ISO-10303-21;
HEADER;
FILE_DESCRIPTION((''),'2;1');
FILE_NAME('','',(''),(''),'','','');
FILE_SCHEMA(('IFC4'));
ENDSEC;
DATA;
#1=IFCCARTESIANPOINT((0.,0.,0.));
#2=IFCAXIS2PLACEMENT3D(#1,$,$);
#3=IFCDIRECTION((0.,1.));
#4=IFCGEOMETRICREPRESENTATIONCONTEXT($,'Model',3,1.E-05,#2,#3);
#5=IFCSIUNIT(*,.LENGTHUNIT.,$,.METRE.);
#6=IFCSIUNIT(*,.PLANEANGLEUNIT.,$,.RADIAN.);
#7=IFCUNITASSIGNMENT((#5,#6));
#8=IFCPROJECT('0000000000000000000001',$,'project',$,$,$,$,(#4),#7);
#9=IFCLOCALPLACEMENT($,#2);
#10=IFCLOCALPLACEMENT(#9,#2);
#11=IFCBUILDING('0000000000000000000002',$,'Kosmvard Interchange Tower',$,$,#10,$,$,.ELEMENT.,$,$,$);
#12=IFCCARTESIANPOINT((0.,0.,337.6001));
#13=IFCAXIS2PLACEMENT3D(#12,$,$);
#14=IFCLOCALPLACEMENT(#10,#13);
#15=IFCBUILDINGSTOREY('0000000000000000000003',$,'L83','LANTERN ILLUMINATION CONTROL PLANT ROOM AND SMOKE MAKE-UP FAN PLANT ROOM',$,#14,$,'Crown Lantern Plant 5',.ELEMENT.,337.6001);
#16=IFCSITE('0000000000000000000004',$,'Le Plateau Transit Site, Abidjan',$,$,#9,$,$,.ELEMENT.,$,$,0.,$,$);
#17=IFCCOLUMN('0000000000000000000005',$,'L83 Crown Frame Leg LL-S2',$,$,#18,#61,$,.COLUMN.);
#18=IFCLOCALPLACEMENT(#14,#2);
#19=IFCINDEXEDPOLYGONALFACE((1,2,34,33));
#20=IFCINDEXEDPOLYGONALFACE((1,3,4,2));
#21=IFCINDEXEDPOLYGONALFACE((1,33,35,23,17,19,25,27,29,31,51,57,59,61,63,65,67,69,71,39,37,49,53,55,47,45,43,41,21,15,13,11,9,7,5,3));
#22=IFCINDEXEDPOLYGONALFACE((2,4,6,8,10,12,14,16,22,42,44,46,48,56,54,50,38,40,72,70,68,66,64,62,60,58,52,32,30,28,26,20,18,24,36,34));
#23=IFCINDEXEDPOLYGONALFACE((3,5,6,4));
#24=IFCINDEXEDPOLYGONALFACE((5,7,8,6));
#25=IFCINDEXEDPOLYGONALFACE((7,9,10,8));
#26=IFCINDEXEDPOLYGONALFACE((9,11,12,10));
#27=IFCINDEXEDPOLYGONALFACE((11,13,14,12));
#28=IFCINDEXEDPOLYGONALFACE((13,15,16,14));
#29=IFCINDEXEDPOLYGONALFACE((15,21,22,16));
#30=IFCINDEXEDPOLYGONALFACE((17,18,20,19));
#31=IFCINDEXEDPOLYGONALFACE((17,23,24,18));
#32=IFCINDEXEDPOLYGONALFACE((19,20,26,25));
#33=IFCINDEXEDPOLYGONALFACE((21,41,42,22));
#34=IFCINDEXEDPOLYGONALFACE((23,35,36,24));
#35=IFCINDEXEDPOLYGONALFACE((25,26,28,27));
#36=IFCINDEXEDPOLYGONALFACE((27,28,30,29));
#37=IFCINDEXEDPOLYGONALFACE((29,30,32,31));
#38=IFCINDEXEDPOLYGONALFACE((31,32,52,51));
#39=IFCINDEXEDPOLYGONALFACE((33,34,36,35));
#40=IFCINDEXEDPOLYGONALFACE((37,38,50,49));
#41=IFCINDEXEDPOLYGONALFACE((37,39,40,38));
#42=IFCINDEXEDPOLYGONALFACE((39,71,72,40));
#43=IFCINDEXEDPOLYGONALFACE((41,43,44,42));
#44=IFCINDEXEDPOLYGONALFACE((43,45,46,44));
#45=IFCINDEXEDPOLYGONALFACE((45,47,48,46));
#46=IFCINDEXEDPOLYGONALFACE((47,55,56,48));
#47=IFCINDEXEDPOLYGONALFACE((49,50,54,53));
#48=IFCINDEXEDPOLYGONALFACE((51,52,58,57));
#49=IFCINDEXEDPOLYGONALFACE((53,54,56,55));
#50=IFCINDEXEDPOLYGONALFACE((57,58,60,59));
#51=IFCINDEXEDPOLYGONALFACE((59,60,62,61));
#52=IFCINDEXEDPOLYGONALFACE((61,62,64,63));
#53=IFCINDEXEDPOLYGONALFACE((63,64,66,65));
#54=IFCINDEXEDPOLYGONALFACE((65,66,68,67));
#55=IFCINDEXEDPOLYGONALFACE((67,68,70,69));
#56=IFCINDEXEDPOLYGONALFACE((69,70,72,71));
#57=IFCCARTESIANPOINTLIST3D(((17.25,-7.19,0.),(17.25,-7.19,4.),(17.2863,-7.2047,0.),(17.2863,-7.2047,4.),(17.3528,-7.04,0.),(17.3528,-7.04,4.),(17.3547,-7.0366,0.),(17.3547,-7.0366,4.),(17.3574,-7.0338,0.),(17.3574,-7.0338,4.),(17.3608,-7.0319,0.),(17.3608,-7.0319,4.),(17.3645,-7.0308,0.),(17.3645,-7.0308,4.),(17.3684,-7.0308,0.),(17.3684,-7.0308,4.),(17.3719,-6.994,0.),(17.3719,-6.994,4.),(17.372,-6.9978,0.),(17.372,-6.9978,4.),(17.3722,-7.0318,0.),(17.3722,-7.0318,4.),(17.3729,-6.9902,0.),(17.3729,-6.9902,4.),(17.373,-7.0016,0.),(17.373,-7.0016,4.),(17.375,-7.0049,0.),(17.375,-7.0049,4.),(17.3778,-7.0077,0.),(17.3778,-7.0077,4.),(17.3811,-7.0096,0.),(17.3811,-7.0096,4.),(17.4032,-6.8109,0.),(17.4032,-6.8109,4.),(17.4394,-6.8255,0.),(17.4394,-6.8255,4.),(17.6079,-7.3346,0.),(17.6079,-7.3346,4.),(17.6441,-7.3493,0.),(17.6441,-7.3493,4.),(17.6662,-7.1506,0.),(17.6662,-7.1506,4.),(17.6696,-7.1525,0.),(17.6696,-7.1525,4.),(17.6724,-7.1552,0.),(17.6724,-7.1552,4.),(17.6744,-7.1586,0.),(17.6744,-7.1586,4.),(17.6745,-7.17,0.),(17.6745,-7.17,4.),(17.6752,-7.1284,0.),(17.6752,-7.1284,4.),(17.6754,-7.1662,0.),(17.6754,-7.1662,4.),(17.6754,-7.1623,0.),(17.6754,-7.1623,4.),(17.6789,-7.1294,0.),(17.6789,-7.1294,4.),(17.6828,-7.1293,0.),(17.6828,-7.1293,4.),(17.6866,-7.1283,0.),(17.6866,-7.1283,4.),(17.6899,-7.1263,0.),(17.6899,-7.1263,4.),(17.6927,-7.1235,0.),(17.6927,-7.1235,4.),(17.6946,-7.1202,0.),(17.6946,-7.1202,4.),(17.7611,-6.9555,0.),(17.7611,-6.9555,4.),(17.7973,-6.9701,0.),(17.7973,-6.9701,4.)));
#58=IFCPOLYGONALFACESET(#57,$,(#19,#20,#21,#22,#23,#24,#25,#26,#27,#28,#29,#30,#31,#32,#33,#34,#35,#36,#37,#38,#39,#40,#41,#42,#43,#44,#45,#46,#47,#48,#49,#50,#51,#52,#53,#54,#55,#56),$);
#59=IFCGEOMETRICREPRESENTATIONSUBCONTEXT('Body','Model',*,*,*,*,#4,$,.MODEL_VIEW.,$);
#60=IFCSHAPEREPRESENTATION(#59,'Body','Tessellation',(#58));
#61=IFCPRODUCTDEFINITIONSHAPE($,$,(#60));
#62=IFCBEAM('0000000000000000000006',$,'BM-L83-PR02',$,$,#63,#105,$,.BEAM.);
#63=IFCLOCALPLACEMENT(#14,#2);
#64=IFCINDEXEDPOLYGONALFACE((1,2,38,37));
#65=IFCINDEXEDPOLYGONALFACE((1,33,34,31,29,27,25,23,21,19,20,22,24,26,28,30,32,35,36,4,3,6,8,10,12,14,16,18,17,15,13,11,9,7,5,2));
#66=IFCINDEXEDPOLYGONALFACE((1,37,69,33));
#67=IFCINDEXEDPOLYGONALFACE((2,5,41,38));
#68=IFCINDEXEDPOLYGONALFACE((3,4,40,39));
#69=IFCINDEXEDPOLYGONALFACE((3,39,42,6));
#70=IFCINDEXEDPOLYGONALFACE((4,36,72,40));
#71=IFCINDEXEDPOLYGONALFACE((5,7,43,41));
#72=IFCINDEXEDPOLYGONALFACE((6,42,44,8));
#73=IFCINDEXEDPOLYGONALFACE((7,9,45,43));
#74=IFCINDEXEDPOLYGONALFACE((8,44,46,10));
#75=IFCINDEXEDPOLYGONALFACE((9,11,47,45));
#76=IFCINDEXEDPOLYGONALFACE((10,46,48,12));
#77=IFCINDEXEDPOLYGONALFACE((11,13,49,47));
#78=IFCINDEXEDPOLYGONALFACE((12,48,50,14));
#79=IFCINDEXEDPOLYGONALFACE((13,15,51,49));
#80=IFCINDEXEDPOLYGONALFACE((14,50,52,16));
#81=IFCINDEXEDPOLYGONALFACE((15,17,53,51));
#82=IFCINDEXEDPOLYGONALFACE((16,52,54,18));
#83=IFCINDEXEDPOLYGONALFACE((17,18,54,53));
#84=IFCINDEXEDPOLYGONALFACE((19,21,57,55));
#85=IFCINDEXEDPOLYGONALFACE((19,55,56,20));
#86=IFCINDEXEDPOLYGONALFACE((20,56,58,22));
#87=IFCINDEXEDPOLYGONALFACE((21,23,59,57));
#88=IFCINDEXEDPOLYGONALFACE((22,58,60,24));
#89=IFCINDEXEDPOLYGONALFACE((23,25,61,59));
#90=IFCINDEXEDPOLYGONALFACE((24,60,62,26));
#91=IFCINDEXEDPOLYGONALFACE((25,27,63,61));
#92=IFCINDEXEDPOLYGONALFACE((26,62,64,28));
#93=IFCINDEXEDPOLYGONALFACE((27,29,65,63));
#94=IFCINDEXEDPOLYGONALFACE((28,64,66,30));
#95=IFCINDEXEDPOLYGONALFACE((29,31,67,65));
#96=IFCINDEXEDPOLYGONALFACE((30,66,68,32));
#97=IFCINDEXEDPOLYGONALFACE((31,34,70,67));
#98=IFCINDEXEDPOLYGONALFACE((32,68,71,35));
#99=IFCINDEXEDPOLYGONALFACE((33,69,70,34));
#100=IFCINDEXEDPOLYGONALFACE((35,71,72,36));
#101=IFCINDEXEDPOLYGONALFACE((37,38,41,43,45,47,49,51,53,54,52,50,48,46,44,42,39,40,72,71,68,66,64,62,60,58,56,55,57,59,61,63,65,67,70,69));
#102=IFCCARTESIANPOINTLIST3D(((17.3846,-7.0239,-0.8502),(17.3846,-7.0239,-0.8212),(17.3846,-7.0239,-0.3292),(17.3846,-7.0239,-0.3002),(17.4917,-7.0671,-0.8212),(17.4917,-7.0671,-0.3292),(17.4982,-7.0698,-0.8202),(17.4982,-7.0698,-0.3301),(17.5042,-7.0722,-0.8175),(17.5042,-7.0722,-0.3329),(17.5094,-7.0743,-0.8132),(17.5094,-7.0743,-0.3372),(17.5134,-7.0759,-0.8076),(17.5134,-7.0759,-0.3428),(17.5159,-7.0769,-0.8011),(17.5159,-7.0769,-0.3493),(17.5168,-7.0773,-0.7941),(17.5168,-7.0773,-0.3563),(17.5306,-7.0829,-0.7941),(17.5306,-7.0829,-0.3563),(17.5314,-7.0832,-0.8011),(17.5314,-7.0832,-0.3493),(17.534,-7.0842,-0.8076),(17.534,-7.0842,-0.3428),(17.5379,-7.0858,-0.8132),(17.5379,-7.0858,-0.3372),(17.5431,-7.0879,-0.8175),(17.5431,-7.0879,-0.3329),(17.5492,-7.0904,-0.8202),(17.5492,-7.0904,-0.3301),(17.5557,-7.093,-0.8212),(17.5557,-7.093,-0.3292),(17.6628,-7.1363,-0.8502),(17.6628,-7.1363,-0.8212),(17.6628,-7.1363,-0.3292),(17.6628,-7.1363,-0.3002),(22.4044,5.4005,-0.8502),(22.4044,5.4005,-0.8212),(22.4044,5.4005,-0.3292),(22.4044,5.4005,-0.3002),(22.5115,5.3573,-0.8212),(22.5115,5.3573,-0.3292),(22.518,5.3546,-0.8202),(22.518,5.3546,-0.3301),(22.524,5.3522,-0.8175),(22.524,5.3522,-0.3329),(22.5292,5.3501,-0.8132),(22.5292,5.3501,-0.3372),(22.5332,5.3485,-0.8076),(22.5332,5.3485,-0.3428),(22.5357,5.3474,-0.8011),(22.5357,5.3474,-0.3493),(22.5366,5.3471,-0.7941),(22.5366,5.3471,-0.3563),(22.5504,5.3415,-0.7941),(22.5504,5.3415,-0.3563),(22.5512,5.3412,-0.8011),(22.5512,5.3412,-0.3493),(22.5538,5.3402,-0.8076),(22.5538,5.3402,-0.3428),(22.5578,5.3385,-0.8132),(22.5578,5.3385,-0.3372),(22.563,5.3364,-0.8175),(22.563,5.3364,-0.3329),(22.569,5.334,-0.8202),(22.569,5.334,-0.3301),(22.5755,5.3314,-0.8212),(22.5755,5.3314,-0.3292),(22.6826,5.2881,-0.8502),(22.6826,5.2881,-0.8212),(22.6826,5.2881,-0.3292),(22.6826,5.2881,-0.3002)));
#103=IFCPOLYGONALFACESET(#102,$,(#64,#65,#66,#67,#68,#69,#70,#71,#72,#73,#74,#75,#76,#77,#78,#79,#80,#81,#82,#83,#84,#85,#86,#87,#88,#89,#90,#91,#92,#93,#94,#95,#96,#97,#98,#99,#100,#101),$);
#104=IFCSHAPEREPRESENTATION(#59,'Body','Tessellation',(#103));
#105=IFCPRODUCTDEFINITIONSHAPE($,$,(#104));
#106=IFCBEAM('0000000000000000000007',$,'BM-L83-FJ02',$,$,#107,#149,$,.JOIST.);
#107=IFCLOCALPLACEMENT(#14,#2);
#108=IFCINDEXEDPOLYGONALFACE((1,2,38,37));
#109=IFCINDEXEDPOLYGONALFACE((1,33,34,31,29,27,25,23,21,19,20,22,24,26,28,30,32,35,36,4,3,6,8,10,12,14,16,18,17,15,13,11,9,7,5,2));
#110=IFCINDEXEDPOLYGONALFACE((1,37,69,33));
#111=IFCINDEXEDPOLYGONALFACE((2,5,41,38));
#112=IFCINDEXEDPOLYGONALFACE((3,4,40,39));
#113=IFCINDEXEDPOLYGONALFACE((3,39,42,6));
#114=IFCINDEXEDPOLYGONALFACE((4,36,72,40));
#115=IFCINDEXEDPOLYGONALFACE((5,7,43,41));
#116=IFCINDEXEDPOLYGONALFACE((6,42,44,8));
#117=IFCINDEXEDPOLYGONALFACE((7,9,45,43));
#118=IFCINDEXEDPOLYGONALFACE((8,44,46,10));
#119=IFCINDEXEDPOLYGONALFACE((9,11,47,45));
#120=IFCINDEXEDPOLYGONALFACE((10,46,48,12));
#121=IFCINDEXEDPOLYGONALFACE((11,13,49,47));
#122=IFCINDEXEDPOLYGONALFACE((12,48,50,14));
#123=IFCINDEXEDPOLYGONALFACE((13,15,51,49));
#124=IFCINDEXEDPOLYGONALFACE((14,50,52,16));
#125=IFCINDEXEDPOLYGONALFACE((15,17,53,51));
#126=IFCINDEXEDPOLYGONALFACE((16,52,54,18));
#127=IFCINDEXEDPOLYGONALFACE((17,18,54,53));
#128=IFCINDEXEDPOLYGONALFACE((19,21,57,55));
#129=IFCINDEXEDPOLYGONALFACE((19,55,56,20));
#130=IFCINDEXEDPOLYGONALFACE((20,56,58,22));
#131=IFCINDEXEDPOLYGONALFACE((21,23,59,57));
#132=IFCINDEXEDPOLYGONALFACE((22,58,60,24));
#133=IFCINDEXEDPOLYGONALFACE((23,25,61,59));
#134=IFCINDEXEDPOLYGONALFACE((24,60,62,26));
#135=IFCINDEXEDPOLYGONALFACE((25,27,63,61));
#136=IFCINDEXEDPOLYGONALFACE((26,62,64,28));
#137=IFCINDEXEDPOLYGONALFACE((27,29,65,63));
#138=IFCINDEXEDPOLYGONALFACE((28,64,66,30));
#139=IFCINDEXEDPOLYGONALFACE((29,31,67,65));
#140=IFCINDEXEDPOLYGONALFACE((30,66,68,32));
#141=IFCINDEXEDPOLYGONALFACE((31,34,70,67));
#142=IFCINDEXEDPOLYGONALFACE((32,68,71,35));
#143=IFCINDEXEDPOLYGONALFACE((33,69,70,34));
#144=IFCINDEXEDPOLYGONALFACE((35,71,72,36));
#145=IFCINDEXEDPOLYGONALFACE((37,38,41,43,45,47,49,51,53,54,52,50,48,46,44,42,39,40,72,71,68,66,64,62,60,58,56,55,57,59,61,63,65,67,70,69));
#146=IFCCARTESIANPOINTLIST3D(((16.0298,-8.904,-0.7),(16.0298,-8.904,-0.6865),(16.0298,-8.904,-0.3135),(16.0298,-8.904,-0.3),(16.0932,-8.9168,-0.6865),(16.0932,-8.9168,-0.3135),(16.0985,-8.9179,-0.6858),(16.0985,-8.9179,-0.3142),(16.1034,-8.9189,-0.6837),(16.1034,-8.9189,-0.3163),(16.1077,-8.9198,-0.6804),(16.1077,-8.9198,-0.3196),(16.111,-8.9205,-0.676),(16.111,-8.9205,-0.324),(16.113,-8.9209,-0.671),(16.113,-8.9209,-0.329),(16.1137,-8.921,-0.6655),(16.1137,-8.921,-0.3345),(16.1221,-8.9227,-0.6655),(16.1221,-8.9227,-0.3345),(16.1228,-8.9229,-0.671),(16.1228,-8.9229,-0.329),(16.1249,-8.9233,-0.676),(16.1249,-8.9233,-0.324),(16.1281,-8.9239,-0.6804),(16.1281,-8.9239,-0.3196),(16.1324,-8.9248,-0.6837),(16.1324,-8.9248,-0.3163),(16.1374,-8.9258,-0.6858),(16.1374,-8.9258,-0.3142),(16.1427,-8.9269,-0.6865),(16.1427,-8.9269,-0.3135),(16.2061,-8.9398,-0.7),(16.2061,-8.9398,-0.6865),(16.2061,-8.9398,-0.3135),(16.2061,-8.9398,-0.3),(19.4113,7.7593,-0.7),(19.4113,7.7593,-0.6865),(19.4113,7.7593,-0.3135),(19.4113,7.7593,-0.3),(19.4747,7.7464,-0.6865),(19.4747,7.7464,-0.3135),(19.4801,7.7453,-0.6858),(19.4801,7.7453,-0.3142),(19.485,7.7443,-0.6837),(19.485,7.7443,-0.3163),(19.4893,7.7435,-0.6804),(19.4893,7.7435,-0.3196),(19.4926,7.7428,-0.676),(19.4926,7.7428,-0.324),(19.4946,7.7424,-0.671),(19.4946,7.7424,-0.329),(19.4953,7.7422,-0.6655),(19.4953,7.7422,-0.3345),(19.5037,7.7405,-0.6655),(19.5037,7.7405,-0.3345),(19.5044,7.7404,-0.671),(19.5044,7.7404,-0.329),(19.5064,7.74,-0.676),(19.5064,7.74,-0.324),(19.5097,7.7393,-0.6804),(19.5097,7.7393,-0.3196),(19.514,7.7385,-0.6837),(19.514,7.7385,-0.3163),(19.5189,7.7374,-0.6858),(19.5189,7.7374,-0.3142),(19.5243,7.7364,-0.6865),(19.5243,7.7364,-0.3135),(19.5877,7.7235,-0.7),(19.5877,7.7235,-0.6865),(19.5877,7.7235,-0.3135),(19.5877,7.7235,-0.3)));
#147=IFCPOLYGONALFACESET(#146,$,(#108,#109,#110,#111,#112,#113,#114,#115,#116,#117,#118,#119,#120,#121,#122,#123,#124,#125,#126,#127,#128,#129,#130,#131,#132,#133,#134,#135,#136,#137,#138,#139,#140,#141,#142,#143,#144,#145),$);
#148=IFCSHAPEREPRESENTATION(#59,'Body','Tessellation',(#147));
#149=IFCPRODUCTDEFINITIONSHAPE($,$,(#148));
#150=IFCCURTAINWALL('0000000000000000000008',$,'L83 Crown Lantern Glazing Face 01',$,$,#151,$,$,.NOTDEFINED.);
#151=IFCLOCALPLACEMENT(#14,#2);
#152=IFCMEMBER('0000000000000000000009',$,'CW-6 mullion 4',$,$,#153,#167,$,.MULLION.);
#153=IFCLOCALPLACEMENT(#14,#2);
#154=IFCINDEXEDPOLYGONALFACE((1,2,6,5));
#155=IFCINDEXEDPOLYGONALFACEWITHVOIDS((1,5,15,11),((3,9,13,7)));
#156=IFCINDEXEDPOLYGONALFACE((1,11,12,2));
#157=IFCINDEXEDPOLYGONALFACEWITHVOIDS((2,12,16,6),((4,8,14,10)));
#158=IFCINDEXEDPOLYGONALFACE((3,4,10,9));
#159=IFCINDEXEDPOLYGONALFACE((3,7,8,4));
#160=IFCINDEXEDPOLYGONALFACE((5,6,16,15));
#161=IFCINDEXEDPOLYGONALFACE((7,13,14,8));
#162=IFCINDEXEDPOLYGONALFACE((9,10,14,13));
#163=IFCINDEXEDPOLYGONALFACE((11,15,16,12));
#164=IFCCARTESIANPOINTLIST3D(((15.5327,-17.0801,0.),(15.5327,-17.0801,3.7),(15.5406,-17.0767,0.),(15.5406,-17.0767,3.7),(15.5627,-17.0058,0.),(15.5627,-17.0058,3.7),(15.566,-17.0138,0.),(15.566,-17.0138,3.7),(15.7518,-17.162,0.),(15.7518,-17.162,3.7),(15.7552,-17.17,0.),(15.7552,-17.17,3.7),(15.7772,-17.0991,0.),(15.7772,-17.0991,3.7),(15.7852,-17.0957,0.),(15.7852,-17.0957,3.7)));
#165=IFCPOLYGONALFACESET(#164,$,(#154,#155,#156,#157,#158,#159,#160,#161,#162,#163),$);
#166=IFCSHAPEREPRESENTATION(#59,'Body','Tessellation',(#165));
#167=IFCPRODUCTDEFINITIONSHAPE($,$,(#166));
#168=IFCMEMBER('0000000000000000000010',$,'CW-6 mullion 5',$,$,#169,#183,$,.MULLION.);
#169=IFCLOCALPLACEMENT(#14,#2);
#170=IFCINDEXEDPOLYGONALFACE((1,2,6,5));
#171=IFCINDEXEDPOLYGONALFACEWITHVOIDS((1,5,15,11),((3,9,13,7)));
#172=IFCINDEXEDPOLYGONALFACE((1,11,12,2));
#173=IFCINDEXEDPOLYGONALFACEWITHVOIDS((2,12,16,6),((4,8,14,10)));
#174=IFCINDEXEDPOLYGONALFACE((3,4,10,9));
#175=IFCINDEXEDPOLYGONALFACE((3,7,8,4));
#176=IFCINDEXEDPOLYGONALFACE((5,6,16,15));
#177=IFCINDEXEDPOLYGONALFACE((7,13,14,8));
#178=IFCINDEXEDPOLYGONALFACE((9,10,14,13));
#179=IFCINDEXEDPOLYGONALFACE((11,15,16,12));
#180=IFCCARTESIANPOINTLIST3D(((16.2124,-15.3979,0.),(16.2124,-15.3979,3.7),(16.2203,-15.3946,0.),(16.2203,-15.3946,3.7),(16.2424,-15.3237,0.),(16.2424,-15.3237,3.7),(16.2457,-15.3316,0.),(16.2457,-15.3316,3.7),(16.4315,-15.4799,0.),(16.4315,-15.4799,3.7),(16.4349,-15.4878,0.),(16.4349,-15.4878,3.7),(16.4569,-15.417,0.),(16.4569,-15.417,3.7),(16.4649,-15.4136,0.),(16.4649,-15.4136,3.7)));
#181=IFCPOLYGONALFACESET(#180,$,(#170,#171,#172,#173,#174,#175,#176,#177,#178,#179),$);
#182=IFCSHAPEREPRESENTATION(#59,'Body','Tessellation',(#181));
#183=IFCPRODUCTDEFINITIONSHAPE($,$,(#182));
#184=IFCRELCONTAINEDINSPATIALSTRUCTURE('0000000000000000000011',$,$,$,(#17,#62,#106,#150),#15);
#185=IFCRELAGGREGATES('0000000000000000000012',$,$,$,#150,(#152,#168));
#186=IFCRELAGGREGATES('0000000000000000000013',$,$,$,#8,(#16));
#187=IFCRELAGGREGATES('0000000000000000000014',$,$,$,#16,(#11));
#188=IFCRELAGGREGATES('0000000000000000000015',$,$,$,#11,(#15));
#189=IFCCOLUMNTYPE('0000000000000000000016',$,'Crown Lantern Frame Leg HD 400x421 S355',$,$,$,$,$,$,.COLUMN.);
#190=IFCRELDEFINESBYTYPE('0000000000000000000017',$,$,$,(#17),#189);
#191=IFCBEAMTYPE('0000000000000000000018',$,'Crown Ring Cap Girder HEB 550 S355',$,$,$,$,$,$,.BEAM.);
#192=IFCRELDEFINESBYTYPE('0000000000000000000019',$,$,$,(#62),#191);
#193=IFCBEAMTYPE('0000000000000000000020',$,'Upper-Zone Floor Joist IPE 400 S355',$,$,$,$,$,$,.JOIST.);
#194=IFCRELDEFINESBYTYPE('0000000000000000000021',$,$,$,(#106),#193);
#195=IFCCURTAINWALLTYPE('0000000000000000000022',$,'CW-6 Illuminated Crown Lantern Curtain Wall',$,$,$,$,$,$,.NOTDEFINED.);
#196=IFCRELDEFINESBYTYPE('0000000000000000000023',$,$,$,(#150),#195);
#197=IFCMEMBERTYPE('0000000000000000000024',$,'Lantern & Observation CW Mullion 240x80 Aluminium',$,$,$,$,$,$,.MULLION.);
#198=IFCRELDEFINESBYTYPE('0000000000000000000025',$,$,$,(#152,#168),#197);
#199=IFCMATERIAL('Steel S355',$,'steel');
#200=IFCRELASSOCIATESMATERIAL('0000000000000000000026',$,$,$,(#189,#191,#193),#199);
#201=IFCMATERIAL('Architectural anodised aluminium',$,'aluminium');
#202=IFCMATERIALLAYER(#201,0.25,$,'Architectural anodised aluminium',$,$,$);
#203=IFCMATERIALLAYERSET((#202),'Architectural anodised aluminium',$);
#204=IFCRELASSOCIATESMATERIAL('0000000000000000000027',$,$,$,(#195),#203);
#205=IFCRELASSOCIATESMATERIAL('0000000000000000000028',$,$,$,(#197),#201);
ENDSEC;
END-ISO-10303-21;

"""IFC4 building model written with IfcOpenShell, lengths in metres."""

from ifc_helpers import new_model, si_unit, direction, frame, origin, origin_2d, place, context, subcontext, project, spatial, hollow_rectangle, i_section, extrude, source, transform, mapped, material, layer, layer_set, material_profile, profile_set, type_object, element, aggregate, save


model = new_model("IFC4")

# Units and contexts
model_context = context("Model", 3, precision=1e-05, world=origin(), true_north=direction((0.0, 1.0)))
body_context = subcontext(model_context, "Body", "Model", "MODEL_VIEW")
ifc_project = project(units=[si_unit("LENGTHUNIT", "METRE"), si_unit("PLANEANGLEUNIT", "RADIAN")], contexts=[model_context])

# Site, building, storey
site_placement = place(None, origin())
site = spatial("IfcSite", under=ifc_project, at=site_placement, Name="Le Plateau Transit Site, Abidjan", CompositionType="ELEMENT", RefElevation=0.0)
building_placement = place(site_placement, origin())
building = spatial("IfcBuilding", under=site, at=building_placement, Name="Kosmvard Interchange Tower", CompositionType="ELEMENT")
storey_placement = place(building_placement, frame((0.0, 0.0, 337.6001)))
storey = spatial("IfcBuildingStorey", under=building, at=storey_placement, Name="L83", Description="LANTERN ILLUMINATION CONTROL PLANT ROOM AND SMOKE MAKE-UP FAN PLANT ROOM", LongName="Crown Lantern Plant 5", CompositionType="ELEMENT", Elevation=337.6001)

# Column
ifc_material_1 = material(Name="Steel S355", Category="steel")
ifc_material_profile_1 = material_profile(ifc_material_1, i_section(OverallWidth=0.4089, OverallDepth=0.425, WebThickness=0.0239, FlangeThickness=0.0391, FilletRadius=0.0149, at=origin_2d()), Name="HD 400x421")
ifc_profile_set_1 = profile_set([ifc_material_profile_1], Name="Steel S355")
column_type = type_object("IfcColumnType", Name="Crown Lantern Frame Leg HD 400x421 S355", PredefinedType="COLUMN", material=ifc_profile_set_1)
shared_shape_1 = source(origin(), body_context, "Body", "SweptSolid", [
    extrude(i_section(OverallWidth=0.4089, OverallDepth=0.425, WebThickness=0.0239, FlangeThickness=0.0391, FilletRadius=0.0149, at=origin_2d()), origin(), (0.0, 0.0, 1.0), 4.0),
])
column_placement = place(storey_placement, frame((17.5237, -7.0801, 0.0), z_axis=(0.0, 0.0, 1.0), x_axis=(0.374607, 0.927184, 0.0)))
element("IfcColumn", 1, at=column_placement, inside=storey, type_object=column_type, Name="L83 Crown Frame Leg LL-S2", PredefinedType="COLUMN", context=body_context, shape_type="MappedRepresentation", body=[
    mapped(shared_shape_1, transform((0.0, 0.0, 0.0), scale=1.0)),
])

# Beams
ifc_material_profile_2 = material_profile(ifc_material_1, i_section(OverallWidth=0.3, OverallDepth=0.55, WebThickness=0.0149, FlangeThickness=0.0291, FilletRadius=0.0271, at=origin_2d()), Name="HEB 550")
ifc_profile_set_2 = profile_set([ifc_material_profile_2], Name="Steel S355")
beam_type_1 = type_object("IfcBeamType", Name="Crown Ring Cap Girder HEB 550 S355", PredefinedType="BEAM", material=ifc_profile_set_2)
shared_shape_2 = source(origin(), body_context, "Body", "SweptSolid", [
    extrude(i_section(OverallWidth=0.3, OverallDepth=0.55, WebThickness=0.0149, FlangeThickness=0.0291, FilletRadius=0.0271, at=origin_2d()), origin(), (0.0, 0.0, 1.0), 13.4001),
])
beam_1_placement = place(storey_placement, frame((17.5237, -7.0801, -0.5752), z_axis=(0.374608, 0.927183, 0.0), x_axis=(-0.927183, 0.374608, 0.0)))
element("IfcBeam", 2, at=beam_1_placement, inside=storey, type_object=beam_type_1, Name="BM-L83-PR02", PredefinedType="BEAM", context=body_context, shape_type="MappedRepresentation", body=[
    mapped(shared_shape_2, transform((0.0, 0.0, 0.0), scale=1.0)),
])
ifc_material_profile_3 = material_profile(ifc_material_1, i_section(OverallWidth=0.1799, OverallDepth=0.3999, WebThickness=0.0085, FlangeThickness=0.0134, FilletRadius=0.021, at=origin_2d()), Name="IPE 400")
ifc_profile_set_3 = profile_set([ifc_material_profile_3], Name="Steel S355")
beam_type_2 = type_object("IfcBeamType", Name="Upper-Zone Floor Joist IPE 400 S355", PredefinedType="JOIST", material=ifc_profile_set_3)
shared_shape_3 = source(origin(), body_context, "Body", "SweptSolid", [
    extrude(i_section(OverallWidth=0.1799, OverallDepth=0.3999, WebThickness=0.0085, FlangeThickness=0.0134, FilletRadius=0.021, at=origin_2d()), origin(), (0.0, 0.0, 1.0), 17.0029),
])
beam_2_placement = place(storey_placement, frame((16.1179, -8.9219, -0.5), z_axis=(0.198882, 0.980023, 0.0), x_axis=(-0.980023, 0.198882, 0.0)))
element("IfcBeam", 3, at=beam_2_placement, inside=storey, type_object=beam_type_2, Name="BM-L83-FJ02", PredefinedType="JOIST", context=body_context, shape_type="MappedRepresentation", body=[
    mapped(shared_shape_3, transform((0.0, 0.0, 0.0), scale=1.0)),
])

# Curtain wall, members
ifc_material_2 = material(Name="Architectural anodised aluminium", Category="aluminium")
ifc_layer_1 = layer(ifc_material_2, 0.25, Name="Architectural anodised aluminium")
ifc_layer_set_1 = layer_set([ifc_layer_1], Name="Architectural anodised aluminium")
curtain_wall_type = type_object("IfcCurtainWallType", Name="CW-6 Illuminated Crown Lantern Curtain Wall", PredefinedType="NOTDEFINED", material=ifc_layer_set_1)
curtain_wall_placement = place(storey_placement, origin())
curtain_wall = element("IfcCurtainWall", 4, at=curtain_wall_placement, inside=storey, type_object=curtain_wall_type, Name="L83 Crown Lantern Glazing Face 01", PredefinedType="NOTDEFINED")
ifc_material_profile_4 = material_profile(ifc_material_2, hollow_rectangle(XDim=0.24, YDim=0.0801, WallThickness=0.0061, at=origin_2d()), Name="CWM 240x80x6")
ifc_profile_set_4 = profile_set([ifc_material_profile_4], Name="Architectural anodised aluminium")
member_type_1 = type_object("IfcMemberType", Name="Lantern & Observation CW Mullion 240x80 Aluminium", PredefinedType="MULLION", material=ifc_profile_set_4)
shared_shape_4 = source(origin(), body_context, "Body", "SweptSolid", [
    extrude(hollow_rectangle(XDim=0.24, YDim=0.0801, WallThickness=0.0061, at=origin_2d()), origin(), (0.0, 0.0, 1.0), 3.7),
])
member_1_placement = place(storey_placement, frame((15.6589, -17.0879, 0.0), z_axis=(0.0, 0.0, 1.0), x_axis=(-0.927184, 0.374607, 0.0)))
member_1 = element("IfcMember", 5, at=member_1_placement, type_object=member_type_1, Name="CW-6 mullion 4", PredefinedType="MULLION", context=body_context, shape_type="MappedRepresentation", body=[
    mapped(shared_shape_4, transform((0.0, 0.0, 0.0), scale=1.0)),
])
member_2_placement = place(storey_placement, frame((16.3386, -15.4058, 0.0), z_axis=(0.0, 0.0, 1.0), x_axis=(-0.927184, 0.374607, 0.0)))
member_2 = element("IfcMember", 6, at=member_2_placement, type_object=member_type_1, Name="CW-6 mullion 5", PredefinedType="MULLION", context=body_context, shape_type="MappedRepresentation", body=[
    mapped(shared_shape_4, transform((0.0, 0.0, 0.0), scale=1.0)),
])

aggregate(curtain_wall, [member_1, member_2])

save(model, "model.ifc")
